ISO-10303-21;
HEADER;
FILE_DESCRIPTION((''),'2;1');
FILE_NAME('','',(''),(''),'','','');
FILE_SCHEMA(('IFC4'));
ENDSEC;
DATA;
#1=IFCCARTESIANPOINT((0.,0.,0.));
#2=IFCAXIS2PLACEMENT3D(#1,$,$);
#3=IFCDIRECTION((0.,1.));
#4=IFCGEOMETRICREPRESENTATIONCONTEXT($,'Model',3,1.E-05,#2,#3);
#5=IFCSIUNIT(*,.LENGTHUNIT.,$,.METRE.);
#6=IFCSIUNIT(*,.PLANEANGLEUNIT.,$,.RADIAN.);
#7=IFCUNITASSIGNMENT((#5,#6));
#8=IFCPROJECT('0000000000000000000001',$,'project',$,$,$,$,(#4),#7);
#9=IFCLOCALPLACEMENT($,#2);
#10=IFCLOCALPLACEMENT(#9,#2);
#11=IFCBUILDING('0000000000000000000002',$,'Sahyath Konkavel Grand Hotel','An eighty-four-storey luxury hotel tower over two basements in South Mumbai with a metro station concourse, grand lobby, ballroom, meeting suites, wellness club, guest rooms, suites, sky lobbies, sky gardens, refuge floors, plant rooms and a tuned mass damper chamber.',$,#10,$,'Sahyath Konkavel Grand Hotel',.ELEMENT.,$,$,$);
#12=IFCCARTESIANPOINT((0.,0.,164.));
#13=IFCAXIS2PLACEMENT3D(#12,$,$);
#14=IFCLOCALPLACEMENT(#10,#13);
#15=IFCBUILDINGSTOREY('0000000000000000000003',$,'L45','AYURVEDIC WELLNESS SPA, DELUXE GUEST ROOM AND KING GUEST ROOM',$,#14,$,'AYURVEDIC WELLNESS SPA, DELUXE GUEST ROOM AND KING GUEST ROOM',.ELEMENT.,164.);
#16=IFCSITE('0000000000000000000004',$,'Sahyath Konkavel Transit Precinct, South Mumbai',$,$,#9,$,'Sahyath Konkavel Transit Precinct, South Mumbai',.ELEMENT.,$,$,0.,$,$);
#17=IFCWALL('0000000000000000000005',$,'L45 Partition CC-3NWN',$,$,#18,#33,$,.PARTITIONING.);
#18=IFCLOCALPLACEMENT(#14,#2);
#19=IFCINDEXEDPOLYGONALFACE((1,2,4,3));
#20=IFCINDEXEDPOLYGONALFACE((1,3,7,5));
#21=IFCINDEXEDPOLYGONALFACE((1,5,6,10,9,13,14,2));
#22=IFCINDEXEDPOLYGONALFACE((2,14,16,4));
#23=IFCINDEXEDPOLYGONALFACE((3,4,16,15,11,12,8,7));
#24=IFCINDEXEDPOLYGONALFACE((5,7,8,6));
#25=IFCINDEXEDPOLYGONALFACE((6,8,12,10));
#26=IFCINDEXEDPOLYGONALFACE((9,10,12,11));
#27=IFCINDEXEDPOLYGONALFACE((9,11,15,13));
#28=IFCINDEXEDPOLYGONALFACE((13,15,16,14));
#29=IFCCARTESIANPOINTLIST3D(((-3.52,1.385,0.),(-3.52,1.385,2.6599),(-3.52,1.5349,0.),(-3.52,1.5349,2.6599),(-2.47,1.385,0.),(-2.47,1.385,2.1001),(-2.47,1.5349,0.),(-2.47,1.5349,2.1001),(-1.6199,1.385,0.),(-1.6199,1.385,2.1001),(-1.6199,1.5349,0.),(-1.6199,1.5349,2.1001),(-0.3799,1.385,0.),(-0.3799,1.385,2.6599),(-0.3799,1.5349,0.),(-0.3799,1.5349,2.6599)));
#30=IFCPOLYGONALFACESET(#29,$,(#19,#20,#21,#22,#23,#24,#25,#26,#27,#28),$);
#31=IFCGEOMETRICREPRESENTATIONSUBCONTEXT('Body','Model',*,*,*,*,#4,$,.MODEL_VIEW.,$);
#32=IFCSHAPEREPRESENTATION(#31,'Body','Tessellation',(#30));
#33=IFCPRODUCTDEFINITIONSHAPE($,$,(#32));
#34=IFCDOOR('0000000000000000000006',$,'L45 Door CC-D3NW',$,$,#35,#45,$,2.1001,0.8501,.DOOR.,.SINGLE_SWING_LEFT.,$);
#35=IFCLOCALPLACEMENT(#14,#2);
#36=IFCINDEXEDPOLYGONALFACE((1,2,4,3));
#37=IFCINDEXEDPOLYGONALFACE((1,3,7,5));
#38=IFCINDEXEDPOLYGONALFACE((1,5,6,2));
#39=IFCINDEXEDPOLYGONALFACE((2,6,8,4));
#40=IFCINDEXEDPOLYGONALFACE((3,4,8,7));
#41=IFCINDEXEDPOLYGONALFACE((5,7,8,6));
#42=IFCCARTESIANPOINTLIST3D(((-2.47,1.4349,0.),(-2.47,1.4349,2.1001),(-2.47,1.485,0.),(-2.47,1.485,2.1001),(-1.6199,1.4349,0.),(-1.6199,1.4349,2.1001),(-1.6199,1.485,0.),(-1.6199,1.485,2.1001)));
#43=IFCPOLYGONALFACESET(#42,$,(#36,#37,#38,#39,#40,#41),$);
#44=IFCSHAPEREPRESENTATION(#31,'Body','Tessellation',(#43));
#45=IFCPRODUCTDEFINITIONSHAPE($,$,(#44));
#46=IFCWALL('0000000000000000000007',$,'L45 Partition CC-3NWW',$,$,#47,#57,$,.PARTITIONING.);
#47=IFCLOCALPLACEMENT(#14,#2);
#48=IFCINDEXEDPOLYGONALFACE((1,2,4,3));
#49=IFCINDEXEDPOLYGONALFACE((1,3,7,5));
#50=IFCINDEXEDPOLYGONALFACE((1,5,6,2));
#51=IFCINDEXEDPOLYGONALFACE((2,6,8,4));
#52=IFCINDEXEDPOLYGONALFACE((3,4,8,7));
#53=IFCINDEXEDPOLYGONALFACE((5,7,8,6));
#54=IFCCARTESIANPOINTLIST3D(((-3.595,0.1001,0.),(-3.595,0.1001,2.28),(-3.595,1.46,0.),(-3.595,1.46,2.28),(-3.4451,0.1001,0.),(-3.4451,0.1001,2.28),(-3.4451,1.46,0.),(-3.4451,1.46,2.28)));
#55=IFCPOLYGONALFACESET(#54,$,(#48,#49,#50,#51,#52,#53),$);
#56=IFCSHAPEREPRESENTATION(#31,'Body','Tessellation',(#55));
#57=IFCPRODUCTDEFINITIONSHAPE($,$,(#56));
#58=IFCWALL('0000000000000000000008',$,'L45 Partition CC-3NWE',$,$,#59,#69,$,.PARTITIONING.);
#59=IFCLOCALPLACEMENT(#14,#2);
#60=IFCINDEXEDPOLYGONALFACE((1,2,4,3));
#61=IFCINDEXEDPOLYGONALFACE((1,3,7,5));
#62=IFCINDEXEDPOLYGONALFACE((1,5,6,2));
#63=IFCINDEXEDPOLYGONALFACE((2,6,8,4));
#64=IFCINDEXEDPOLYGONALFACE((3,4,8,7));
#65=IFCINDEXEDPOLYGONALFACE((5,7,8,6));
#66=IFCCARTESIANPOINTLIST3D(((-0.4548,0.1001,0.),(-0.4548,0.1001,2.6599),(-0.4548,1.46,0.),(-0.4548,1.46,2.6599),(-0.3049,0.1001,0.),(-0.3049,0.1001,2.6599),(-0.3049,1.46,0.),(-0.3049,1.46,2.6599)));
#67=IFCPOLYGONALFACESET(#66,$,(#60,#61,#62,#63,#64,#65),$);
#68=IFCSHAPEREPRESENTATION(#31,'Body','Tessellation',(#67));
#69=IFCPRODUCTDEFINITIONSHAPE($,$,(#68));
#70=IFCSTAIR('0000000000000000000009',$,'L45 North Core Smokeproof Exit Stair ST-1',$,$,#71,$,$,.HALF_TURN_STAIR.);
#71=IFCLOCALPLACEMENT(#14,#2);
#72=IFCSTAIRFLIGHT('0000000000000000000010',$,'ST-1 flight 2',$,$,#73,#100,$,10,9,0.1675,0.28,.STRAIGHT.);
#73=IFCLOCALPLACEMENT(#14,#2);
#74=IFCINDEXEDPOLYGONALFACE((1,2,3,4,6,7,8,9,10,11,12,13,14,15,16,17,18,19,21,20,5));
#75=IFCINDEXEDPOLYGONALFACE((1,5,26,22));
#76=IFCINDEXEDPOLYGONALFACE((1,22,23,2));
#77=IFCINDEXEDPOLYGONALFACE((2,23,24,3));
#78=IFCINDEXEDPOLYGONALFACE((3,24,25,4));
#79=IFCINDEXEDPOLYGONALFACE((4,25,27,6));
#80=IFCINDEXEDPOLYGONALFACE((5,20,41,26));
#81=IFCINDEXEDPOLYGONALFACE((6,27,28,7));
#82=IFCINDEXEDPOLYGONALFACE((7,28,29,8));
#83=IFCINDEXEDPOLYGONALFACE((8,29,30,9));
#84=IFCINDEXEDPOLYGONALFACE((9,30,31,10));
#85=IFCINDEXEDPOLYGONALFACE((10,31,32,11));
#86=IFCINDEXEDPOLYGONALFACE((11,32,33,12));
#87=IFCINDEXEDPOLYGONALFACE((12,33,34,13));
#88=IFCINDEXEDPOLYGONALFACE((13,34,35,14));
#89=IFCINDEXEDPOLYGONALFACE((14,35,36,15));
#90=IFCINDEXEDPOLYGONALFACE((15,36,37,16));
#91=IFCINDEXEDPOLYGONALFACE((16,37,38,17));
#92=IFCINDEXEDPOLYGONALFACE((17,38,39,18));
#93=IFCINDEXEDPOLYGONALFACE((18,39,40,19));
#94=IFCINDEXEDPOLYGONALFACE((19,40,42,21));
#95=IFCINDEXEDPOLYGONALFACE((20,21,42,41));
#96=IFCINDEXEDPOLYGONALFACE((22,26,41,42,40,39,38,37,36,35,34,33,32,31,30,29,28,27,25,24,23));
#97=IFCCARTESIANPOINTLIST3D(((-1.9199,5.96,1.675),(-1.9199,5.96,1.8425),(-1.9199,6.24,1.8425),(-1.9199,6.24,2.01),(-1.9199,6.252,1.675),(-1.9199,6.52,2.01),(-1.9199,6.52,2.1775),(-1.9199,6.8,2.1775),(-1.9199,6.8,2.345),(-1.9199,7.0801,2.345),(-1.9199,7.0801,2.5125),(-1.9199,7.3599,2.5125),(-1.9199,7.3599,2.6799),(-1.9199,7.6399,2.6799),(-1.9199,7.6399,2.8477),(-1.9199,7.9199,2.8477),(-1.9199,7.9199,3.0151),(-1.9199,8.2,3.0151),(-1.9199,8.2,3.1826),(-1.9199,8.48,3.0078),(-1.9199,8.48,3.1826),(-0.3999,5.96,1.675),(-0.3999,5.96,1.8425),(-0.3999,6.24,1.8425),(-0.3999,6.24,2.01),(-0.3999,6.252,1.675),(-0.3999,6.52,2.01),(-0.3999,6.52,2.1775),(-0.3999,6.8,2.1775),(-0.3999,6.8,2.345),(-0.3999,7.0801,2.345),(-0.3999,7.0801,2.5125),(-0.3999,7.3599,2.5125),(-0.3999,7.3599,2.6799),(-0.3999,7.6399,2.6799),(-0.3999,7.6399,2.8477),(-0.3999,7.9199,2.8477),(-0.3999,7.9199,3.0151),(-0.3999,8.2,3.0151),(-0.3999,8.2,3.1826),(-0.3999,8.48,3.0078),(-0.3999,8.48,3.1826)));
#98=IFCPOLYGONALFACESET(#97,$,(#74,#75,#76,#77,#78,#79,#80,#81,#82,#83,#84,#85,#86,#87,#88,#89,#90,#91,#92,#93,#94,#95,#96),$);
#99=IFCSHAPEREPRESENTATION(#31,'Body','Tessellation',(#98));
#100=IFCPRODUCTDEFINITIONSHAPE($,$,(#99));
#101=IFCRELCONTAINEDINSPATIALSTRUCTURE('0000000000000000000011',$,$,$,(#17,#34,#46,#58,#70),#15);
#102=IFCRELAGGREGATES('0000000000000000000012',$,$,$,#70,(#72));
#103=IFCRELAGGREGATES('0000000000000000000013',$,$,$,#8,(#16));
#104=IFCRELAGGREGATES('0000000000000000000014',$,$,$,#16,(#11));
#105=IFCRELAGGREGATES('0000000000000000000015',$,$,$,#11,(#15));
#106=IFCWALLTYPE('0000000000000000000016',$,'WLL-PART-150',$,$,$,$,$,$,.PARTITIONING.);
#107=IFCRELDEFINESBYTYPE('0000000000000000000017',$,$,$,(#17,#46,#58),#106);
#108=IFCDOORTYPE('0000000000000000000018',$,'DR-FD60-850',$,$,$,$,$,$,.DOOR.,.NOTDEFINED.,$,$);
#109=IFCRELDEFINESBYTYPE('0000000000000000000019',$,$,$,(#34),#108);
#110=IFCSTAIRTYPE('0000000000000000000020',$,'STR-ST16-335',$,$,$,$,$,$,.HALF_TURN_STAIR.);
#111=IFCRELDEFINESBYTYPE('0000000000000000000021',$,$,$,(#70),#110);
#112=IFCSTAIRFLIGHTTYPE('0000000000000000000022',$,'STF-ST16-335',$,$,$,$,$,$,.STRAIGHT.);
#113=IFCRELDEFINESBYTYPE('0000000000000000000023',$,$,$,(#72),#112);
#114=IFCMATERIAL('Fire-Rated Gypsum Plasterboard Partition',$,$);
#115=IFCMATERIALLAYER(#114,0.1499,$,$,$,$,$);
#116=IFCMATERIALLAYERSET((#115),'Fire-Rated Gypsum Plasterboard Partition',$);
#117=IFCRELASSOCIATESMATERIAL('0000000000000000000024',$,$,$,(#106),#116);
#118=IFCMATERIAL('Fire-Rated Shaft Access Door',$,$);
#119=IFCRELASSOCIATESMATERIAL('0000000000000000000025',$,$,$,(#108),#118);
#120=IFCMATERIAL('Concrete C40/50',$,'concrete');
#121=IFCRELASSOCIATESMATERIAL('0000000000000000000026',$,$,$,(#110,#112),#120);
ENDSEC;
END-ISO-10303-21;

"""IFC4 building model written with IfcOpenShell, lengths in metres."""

from ifc_helpers import new_model, si_unit, direction, frame, frame_2d, origin, origin_2d, place, context, subcontext, project, spatial, polyline, rectangle, outline, extrude, source, transform, mapped, material, layer, layer_set, type_object, element, fill, aggregate, save


model = new_model("IFC4")

# Units and contexts
model_context = context("Model", 3, precision=1e-05, world=origin(), true_north=direction((0.0, 1.0)))
body_context = subcontext(model_context, "Body", "Model", "MODEL_VIEW")
ifc_project = project(units=[si_unit("LENGTHUNIT", "METRE"), si_unit("PLANEANGLEUNIT", "RADIAN")], contexts=[model_context])

# Site, building, storey
site_placement = place(None, origin())
site = spatial("IfcSite", under=ifc_project, at=site_placement, Name="Sahyath Konkavel Transit Precinct, South Mumbai", LongName="Sahyath Konkavel Transit Precinct, South Mumbai", CompositionType="ELEMENT", RefElevation=0.0)
building_placement = place(site_placement, origin())
building = spatial("IfcBuilding", under=site, at=building_placement, Name="Sahyath Konkavel Grand Hotel", Description="An eighty-four-storey luxury hotel tower over two basements in South Mumbai with a metro station concourse, grand lobby, ballroom, meeting suites, wellness club, guest rooms, suites, sky lobbies, sky gardens, refuge floors, plant rooms and a tuned mass damper chamber.", LongName="Sahyath Konkavel Grand Hotel", CompositionType="ELEMENT")
storey_placement = place(building_placement, frame((0.0, 0.0, 164.0)))
storey = spatial("IfcBuildingStorey", under=building, at=storey_placement, Name="L45", Description="AYURVEDIC WELLNESS SPA, DELUXE GUEST ROOM AND KING GUEST ROOM", LongName="AYURVEDIC WELLNESS SPA, DELUXE GUEST ROOM AND KING GUEST ROOM", CompositionType="ELEMENT", Elevation=164.0)

# Shared definitions
ifc_material_1 = material(Name="Concrete C40/50", Category="concrete")

# Shared definitions
ifc_material_2 = material(Name="Fire-Rated Gypsum Plasterboard Partition")
ifc_layer_1 = layer(ifc_material_2, 0.1499)
ifc_layer_set_1 = layer_set([ifc_layer_1], Name="Fire-Rated Gypsum Plasterboard Partition")
wall_type_1 = type_object("IfcWallType", Name="WLL-PART-150", PredefinedType="PARTITIONING", material=ifc_layer_set_1)

# Wall, opening, door
wall_1_placement = place(storey_placement, frame((-3.52, 1.46, 0.0), z_axis=(0.0, 0.0, 1.0), x_axis=(1.0, 0.0, 0.0)))
wall_1 = element("IfcWall", 1, at=wall_1_placement, inside=storey, type_object=wall_type_1, Name="L45 Partition CC-3NWN", PredefinedType="PARTITIONING", context=body_context, shape_type="SweptSolid", body=[
    extrude(rectangle(XDim=3.1401, YDim=0.1499, at=frame_2d((1.5701, 0.0))), origin(), (0.0, 0.0, 1.0), 2.6599),
])
opening_1_placement = place(wall_1_placement, frame((1.05, 0.0, 0.0)))
opening_1 = element("IfcOpeningElement", 2, at=opening_1_placement, cuts=wall_1, PredefinedType="OPENING", context=body_context, shape_type="SweptSolid", body=[
    extrude(rectangle(XDim=0.8501, YDim=2.1001, at=frame_2d((0.425, 1.05))), frame((0.0, 0.085, 0.0), z_axis=(0.0, -1.0, 0.0), x_axis=(1.0, 0.0, 0.0)), (0.0, 0.0, 1.0), 0.1699),
])
ifc_material_3 = material(Name="Fire-Rated Shaft Access Door")
door_type_1 = type_object("IfcDoorType", Name="DR-FD60-850", OperationType="NOTDEFINED", PredefinedType="DOOR", material=ifc_material_3)
shared_shape_1 = source(origin(), body_context, "Body", "SweptSolid", [
    extrude(rectangle(XDim=0.8501, YDim=0.05, at=origin_2d()), origin(), (0.0, 0.0, 1.0), 2.1001),
])
door_1_placement = place(opening_1_placement, frame((0.425, 0.0, 0.0)))
door_1 = element("IfcDoor", 3, at=door_1_placement, inside=storey, type_object=door_type_1, Name="L45 Door CC-D3NW", OperationType="SINGLE_SWING_LEFT", OverallHeight=2.1001, OverallWidth=0.8501, PredefinedType="DOOR", context=body_context, shape_type="MappedRepresentation", body=[
    mapped(shared_shape_1, transform((0.0, 0.0, 0.0), scale=1.0)),
])
fill(opening_1, door_1)

# Walls
wall_2_placement = place(storey_placement, frame((-3.52, 0.1001, 0.0), z_axis=(0.0, 0.0, 1.0), x_axis=(0.0, 1.0, 0.0)))
element("IfcWall", 4, at=wall_2_placement, inside=storey, type_object=wall_type_1, Name="L45 Partition CC-3NWW", PredefinedType="PARTITIONING", context=body_context, shape_type="SweptSolid", body=[
    extrude(rectangle(XDim=1.3599, YDim=0.1499, at=frame_2d((0.6799, 0.0))), origin(), (0.0, 0.0, 1.0), 2.28),
])
wall_3_placement = place(storey_placement, frame((-0.3799, 0.1001, 0.0), z_axis=(0.0, 0.0, 1.0), x_axis=(0.0, 1.0, 0.0)))
element("IfcWall", 5, at=wall_3_placement, inside=storey, type_object=wall_type_1, Name="L45 Partition CC-3NWE", PredefinedType="PARTITIONING", context=body_context, shape_type="SweptSolid", body=[
    extrude(rectangle(XDim=1.3599, YDim=0.1499, at=frame_2d((0.6799, 0.0))), origin(), (0.0, 0.0, 1.0), 2.6599),
])

# Stair, stair flight
stair_type = type_object("IfcStairType", Name="STR-ST16-335", PredefinedType="HALF_TURN_STAIR", material=ifc_material_1)
stair_placement = place(storey_placement, origin())
stair = element("IfcStair", 6, at=stair_placement, inside=storey, type_object=stair_type, Name="L45 North Core Smokeproof Exit Stair ST-1", PredefinedType="HALF_TURN_STAIR")
stair_flight_type = type_object("IfcStairFlightType", Name="STF-ST16-335", PredefinedType="STRAIGHT", material=ifc_material_1)
stair_flight_placement = place(storey_placement, frame((-1.1599, 5.96, 1.675), z_axis=(0.0, 0.0, 1.0), x_axis=(0.0, 1.0, 0.0)))
stair_flight = element("IfcStairFlight", 7, at=stair_flight_placement, type_object=stair_flight_type, Name="ST-1 flight 2", NumberOfRisers=10, NumberOfTreads=9, PredefinedType="STRAIGHT", RiserHeight=0.1675, TreadLength=0.28, context=body_context, shape_type="SweptSolid", body=[
    extrude(outline(polyline([(0.0, 0.0), (0.0, 0.1675), (0.28, 0.1675), (0.28, 0.335), (0.5601, 0.335), (0.5601, 0.5024), (0.8401, 0.5024), (0.8401, 0.6699), (1.1201, 0.6699), (1.1201, 0.8374), (1.3999, 0.8374), (1.3999, 1.0049), (1.6799, 1.0049), (1.6799, 1.1726), (1.96, 1.1726), (1.96, 1.3401), (2.24, 1.3401), (2.24, 1.5076), (2.52, 1.5076), (2.52, 1.675), (2.52, 1.3328), (0.292, 0.0), (0.0, 0.0)])), frame((0.0, 0.76, 0.0), z_axis=(0.0, -1.0, 0.0), x_axis=(1.0, 0.0, 0.0)), (0.0, 0.0, 1.0), 1.52),
])
aggregate(stair, [stair_flight])

save(model, "model.ifc")
